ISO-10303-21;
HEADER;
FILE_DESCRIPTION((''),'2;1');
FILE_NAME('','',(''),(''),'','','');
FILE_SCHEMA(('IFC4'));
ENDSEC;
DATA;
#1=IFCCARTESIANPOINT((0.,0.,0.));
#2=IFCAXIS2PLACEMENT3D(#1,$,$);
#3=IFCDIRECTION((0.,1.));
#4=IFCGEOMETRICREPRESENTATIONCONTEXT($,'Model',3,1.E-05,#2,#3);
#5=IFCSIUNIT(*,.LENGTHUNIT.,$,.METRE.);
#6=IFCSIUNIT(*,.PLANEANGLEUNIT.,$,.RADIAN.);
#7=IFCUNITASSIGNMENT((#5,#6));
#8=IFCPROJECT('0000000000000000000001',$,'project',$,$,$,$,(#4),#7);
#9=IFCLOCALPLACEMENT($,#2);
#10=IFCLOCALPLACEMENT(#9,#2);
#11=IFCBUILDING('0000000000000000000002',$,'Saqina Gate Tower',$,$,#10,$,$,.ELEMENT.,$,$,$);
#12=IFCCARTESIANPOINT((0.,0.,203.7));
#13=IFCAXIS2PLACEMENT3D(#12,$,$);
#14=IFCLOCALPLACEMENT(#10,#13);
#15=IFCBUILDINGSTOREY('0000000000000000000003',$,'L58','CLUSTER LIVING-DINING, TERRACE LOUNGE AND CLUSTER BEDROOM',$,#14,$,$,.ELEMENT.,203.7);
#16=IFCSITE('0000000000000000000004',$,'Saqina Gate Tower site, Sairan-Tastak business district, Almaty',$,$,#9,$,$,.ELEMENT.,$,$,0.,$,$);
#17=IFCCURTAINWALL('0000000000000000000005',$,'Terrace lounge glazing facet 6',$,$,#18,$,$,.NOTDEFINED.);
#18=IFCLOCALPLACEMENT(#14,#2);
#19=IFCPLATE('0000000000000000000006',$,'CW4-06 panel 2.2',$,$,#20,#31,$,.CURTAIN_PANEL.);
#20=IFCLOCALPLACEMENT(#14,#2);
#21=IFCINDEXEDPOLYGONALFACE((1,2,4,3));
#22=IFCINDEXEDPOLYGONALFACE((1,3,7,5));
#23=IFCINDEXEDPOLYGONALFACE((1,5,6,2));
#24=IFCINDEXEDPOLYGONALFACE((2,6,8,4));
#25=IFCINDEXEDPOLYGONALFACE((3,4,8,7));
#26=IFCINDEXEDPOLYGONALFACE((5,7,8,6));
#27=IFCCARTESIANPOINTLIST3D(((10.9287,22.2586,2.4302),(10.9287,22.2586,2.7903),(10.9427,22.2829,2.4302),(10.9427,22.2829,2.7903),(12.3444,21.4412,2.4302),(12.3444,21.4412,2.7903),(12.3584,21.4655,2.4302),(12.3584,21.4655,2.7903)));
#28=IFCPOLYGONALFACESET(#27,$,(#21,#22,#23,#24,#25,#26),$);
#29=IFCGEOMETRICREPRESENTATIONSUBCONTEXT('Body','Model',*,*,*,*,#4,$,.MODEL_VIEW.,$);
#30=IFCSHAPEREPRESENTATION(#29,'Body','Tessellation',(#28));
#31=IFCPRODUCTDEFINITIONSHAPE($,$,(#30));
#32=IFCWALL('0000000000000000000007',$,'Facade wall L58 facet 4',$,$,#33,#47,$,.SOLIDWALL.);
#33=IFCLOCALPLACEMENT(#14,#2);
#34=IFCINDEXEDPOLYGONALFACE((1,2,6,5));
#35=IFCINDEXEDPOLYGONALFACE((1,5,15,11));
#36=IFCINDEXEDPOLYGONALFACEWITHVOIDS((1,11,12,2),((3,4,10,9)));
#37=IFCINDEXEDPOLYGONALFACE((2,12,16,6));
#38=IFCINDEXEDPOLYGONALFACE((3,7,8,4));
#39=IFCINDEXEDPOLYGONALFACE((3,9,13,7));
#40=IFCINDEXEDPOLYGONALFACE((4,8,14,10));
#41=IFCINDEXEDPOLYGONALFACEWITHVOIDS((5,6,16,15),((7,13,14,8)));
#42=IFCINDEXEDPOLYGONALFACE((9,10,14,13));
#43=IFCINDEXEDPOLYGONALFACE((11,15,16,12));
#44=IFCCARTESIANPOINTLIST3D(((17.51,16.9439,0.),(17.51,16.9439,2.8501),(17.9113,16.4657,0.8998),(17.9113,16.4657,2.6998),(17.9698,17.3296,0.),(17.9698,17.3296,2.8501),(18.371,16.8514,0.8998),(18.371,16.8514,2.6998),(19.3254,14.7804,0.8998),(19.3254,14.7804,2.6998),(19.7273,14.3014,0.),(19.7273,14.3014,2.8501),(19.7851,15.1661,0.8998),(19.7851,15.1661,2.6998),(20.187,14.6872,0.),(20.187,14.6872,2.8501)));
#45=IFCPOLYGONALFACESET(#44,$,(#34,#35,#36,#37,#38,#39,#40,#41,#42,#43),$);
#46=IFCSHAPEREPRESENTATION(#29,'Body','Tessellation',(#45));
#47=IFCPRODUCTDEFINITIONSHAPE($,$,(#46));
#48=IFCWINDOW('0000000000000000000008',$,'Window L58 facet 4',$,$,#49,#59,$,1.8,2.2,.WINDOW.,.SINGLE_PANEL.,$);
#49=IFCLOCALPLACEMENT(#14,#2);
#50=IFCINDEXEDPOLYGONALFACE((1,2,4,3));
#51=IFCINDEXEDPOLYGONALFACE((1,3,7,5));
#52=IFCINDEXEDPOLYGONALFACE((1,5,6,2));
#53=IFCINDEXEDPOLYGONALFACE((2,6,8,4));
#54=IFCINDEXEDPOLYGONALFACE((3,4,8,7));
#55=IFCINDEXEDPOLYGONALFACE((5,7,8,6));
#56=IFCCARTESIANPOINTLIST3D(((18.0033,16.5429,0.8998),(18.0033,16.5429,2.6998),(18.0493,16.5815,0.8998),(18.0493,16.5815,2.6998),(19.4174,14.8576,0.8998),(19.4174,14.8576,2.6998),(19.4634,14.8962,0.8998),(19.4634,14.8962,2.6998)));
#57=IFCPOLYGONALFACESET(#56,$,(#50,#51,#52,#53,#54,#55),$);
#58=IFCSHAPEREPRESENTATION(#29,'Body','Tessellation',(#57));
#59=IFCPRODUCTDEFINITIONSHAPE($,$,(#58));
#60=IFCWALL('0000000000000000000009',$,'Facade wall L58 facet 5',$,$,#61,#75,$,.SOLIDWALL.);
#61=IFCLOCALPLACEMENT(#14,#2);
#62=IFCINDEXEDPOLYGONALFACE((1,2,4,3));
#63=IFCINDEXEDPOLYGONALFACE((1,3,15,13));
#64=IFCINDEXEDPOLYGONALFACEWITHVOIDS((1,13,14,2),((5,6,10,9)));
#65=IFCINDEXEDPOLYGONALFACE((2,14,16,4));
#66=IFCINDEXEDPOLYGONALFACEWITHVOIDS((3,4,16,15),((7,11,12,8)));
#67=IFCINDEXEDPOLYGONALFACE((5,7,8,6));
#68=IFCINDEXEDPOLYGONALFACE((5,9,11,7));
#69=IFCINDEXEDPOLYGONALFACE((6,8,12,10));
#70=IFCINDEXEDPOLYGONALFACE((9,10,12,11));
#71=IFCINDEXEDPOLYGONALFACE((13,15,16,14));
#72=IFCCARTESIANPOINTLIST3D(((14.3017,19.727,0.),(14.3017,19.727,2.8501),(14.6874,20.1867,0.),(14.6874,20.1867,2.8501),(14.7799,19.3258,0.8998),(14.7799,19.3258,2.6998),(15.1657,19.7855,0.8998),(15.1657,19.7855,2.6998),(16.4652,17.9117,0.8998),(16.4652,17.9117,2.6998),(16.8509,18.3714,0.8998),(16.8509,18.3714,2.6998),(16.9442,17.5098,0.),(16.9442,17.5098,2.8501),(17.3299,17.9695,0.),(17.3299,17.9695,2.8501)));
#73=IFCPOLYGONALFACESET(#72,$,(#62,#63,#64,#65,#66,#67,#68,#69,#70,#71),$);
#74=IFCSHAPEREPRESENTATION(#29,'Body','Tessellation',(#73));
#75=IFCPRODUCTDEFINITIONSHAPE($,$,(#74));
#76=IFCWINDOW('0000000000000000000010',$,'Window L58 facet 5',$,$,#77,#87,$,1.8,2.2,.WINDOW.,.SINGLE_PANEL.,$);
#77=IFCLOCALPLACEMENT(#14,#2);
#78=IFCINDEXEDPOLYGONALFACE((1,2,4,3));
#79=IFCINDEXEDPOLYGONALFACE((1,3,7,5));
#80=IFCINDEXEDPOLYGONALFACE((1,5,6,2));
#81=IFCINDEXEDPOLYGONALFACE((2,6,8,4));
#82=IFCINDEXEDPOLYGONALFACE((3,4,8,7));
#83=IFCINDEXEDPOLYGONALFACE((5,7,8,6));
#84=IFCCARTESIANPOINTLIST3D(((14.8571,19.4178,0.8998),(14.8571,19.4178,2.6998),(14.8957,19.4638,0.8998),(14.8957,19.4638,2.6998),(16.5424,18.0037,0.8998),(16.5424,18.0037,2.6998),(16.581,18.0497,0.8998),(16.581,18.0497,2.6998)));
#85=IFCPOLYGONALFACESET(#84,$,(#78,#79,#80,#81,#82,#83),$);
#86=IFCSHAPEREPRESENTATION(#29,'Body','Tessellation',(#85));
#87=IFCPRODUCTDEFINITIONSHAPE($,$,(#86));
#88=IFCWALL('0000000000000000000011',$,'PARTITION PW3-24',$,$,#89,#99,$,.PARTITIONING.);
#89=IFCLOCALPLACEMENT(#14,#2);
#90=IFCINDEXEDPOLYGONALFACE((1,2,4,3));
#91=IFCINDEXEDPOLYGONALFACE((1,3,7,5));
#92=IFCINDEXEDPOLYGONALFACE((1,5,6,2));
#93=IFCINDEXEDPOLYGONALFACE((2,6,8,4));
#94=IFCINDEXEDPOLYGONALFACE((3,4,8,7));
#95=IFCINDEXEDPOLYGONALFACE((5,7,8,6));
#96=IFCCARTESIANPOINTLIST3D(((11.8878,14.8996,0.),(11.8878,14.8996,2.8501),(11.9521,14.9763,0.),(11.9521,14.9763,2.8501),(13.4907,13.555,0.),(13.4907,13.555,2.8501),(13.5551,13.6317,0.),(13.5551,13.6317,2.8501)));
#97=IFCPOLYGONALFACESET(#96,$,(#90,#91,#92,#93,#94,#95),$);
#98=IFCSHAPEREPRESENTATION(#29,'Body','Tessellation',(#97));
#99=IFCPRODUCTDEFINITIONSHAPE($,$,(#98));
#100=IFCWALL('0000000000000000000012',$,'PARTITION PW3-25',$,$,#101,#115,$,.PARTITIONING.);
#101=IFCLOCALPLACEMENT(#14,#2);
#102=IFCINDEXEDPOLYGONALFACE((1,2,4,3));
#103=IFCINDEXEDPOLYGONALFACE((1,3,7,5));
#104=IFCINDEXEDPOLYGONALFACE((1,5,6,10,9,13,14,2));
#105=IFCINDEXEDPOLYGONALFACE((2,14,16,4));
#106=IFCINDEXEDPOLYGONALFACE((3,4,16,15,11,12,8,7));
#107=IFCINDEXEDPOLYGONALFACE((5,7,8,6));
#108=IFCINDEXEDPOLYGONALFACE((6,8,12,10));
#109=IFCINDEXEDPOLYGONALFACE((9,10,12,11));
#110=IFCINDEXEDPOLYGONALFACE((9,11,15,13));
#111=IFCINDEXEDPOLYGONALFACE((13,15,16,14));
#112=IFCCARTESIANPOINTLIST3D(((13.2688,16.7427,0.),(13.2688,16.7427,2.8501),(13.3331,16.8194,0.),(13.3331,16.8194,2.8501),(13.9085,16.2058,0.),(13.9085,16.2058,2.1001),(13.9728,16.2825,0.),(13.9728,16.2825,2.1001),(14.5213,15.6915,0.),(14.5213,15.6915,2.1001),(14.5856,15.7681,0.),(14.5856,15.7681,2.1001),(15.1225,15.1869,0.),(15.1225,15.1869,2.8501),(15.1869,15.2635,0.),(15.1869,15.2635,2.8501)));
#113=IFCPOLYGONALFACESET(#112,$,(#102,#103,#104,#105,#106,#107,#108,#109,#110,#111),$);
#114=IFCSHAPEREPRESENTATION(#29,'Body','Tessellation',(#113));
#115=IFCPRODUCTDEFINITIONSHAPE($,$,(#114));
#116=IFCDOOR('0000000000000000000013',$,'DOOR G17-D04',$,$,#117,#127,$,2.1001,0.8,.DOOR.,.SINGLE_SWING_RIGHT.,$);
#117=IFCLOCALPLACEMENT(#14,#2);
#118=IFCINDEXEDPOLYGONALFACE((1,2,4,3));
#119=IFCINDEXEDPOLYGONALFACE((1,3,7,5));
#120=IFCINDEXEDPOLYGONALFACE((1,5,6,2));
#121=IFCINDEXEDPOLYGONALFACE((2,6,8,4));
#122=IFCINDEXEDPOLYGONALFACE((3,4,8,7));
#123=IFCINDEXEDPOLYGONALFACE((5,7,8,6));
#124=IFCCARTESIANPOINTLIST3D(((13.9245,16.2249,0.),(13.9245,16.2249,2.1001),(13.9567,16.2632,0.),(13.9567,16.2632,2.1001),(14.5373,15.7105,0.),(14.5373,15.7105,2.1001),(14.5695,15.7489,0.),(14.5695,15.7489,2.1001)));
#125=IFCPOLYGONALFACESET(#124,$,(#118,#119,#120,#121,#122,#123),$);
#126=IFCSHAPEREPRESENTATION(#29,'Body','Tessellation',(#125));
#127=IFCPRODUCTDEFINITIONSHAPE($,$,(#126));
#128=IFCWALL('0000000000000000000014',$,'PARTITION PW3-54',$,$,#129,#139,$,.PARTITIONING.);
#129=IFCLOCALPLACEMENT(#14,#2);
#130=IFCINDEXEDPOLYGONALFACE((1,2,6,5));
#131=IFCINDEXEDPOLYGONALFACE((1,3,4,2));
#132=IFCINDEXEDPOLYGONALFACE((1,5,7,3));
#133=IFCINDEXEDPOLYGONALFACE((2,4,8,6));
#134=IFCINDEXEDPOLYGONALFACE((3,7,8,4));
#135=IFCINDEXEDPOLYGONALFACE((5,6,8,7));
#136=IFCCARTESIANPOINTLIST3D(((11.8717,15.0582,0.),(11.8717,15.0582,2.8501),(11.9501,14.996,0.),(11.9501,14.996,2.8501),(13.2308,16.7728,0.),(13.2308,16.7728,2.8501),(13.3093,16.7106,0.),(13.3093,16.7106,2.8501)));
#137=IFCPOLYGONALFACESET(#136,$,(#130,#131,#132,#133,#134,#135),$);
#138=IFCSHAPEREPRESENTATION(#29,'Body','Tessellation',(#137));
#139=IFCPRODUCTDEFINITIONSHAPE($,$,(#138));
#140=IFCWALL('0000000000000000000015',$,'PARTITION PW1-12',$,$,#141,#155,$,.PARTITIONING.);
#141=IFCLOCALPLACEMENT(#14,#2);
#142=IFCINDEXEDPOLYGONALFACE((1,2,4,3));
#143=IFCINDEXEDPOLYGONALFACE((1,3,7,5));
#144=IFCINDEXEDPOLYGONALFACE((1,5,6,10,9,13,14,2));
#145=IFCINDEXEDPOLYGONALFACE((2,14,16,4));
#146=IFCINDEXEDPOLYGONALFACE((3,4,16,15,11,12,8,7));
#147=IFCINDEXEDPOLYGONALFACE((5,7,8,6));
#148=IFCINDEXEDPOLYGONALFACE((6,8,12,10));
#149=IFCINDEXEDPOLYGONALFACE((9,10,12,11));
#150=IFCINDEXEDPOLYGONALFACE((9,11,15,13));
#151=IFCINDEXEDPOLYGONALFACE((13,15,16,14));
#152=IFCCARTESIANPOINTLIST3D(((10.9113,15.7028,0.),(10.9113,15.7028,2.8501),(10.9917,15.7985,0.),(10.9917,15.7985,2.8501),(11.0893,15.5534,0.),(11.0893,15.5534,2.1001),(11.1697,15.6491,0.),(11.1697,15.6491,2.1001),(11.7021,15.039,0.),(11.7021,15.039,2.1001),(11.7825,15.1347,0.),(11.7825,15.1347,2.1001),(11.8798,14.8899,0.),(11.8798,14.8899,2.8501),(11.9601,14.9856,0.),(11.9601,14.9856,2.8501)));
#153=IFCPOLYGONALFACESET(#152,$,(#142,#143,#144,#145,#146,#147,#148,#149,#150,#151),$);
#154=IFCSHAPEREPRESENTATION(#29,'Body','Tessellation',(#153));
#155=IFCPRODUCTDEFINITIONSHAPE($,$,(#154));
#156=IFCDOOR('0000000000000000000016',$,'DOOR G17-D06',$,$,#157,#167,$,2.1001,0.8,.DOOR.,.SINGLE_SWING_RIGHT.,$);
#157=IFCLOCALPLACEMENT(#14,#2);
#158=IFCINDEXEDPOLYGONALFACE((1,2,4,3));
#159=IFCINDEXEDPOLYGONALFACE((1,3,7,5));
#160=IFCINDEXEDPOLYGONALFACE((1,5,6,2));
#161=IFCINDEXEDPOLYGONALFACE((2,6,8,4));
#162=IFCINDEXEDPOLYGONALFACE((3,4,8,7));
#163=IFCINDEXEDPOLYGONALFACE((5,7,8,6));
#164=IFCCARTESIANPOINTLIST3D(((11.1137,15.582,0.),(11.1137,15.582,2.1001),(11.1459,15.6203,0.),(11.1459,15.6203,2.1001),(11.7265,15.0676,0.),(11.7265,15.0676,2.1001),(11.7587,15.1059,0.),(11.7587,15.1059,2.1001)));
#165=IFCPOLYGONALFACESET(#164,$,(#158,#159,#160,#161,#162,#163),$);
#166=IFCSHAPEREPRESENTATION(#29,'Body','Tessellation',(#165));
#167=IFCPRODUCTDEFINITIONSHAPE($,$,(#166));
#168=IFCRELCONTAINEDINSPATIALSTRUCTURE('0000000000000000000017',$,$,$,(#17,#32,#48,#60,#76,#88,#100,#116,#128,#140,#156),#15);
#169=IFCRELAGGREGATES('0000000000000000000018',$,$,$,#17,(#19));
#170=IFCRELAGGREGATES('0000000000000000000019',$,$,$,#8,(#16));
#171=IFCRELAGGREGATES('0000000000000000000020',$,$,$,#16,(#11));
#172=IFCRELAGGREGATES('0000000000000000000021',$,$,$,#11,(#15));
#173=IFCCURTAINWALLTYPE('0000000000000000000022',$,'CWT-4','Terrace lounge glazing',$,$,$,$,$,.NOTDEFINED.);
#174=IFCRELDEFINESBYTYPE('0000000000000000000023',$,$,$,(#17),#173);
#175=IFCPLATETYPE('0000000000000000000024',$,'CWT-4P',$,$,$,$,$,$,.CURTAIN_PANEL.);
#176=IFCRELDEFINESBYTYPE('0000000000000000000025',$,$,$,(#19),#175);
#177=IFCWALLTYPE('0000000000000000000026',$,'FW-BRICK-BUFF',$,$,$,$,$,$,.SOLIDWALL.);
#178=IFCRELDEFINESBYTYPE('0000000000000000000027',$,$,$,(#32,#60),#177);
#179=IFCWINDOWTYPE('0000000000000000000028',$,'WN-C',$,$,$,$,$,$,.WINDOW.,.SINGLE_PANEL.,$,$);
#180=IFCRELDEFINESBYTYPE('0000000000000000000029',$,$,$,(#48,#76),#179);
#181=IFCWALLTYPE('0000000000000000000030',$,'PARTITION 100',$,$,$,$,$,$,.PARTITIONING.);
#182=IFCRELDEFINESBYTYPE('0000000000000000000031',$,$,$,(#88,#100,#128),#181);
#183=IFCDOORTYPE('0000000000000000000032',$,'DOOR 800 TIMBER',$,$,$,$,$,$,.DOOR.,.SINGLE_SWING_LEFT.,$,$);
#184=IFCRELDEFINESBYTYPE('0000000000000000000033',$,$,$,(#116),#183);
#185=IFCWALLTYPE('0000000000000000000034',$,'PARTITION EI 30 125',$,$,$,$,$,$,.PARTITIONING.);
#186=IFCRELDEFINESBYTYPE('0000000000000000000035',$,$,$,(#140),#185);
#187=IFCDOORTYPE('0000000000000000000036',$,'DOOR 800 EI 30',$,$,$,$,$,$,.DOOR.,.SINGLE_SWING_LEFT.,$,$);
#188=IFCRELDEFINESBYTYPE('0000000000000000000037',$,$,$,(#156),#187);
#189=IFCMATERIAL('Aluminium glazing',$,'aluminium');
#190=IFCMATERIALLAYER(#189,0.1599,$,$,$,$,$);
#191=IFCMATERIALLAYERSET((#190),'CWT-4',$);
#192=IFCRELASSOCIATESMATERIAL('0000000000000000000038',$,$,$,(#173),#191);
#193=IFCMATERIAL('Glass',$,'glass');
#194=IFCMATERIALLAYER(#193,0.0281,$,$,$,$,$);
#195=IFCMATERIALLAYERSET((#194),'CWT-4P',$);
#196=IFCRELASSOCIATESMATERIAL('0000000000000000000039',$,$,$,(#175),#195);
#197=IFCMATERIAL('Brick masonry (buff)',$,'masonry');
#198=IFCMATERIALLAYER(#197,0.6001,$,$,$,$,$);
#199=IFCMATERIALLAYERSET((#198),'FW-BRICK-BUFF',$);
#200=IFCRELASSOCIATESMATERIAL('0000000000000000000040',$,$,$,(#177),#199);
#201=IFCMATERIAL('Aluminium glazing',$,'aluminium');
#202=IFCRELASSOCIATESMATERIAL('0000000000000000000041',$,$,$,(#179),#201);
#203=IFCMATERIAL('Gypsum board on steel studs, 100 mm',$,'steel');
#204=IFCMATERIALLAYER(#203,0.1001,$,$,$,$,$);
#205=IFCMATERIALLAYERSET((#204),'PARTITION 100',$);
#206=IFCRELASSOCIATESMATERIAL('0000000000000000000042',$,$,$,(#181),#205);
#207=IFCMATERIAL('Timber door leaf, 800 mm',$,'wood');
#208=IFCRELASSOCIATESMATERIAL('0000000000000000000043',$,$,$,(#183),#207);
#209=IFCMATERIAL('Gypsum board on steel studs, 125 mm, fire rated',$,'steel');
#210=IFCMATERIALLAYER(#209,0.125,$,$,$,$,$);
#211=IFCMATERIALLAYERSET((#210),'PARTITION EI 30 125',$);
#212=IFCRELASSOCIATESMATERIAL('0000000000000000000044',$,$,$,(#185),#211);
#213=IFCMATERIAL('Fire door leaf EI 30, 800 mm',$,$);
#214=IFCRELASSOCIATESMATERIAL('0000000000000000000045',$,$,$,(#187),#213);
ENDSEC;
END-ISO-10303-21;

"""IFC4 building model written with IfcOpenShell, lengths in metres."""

from ifc_helpers import new_model, si_unit, direction, frame, frame_2d, origin, origin_2d, place, context, subcontext, project, spatial, rectangle, extrude, material, layer, layer_set, type_object, element, fill, aggregate, save


model = new_model("IFC4")

# Units and contexts
model_context = context("Model", 3, precision=1e-05, world=origin(), true_north=direction((0.0, 1.0)))
body_context = subcontext(model_context, "Body", "Model", "MODEL_VIEW")
ifc_project = project(units=[si_unit("LENGTHUNIT", "METRE"), si_unit("PLANEANGLEUNIT", "RADIAN")], contexts=[model_context])

# Site, building, storey
site_placement = place(None, origin())
site = spatial("IfcSite", under=ifc_project, at=site_placement, Name="Saqina Gate Tower site, Sairan-Tastak business district, Almaty", CompositionType="ELEMENT", RefElevation=0.0)
building_placement = place(site_placement, origin())
building = spatial("IfcBuilding", under=site, at=building_placement, Name="Saqina Gate Tower", CompositionType="ELEMENT")
storey_placement = place(building_placement, frame((0.0, 0.0, 203.7)))
storey = spatial("IfcBuildingStorey", under=building, at=storey_placement, Name="L58", Description="CLUSTER LIVING-DINING, TERRACE LOUNGE AND CLUSTER BEDROOM", CompositionType="ELEMENT", Elevation=203.7)

# Curtain wall, plate
ifc_material_1 = material(Name="Aluminium glazing", Category="aluminium")
ifc_layer_1 = layer(ifc_material_1, 0.1599)
ifc_layer_set_1 = layer_set([ifc_layer_1], Name="CWT-4")
curtain_wall_type = type_object("IfcCurtainWallType", Name="CWT-4", Description="Terrace lounge glazing", PredefinedType="NOTDEFINED", material=ifc_layer_set_1)
curtain_wall_placement = place(storey_placement, origin())
curtain_wall = element("IfcCurtainWall", 1, at=curtain_wall_placement, inside=storey, type_object=curtain_wall_type, Name="Terrace lounge glazing facet 6", PredefinedType="NOTDEFINED")
ifc_material_2 = material(Name="Glass", Category="glass")
ifc_layer_2 = layer(ifc_material_2, 0.0281)
ifc_layer_set_2 = layer_set([ifc_layer_2], Name="CWT-4P")
plate_type = type_object("IfcPlateType", Name="CWT-4P", PredefinedType="CURTAIN_PANEL", material=ifc_layer_set_2)
plate_1_placement = place(storey_placement, frame((11.6436, 21.8621, 2.4302), z_axis=(0.0, 0.0, 1.0), x_axis=(-0.866017, 0.500014, 0.0)))
plate_1 = element("IfcPlate", 2, at=plate_1_placement, type_object=plate_type, Name="CW4-06 panel 2.2", PredefinedType="CURTAIN_PANEL", context=body_context, shape_type="SweptSolid", body=[
    extrude(rectangle(XDim=1.6348, YDim=0.0281, at=origin_2d()), origin(), (0.0, 0.0, 1.0), 0.3601),
])
aggregate(curtain_wall, [plate_1])

# Walls, openings, windows
ifc_material_3 = material(Name="Brick masonry (buff)", Category="masonry")
ifc_layer_3 = layer(ifc_material_3, 0.6001)
ifc_layer_set_3 = layer_set([ifc_layer_3], Name="FW-BRICK-BUFF")
wall_type_1 = type_object("IfcWallType", Name="FW-BRICK-BUFF", PredefinedType="SOLIDWALL", material=ifc_layer_set_3)
wall_1_placement = place(storey_placement, frame((19.957, 14.4944, 0.0), z_axis=(0.0, 0.0, 1.0), x_axis=(-0.64277, 0.766059, 0.0)))
wall_1 = element("IfcWall", 3, at=wall_1_placement, inside=storey, type_object=wall_type_1, Name="Facade wall L58 facet 4", PredefinedType="SOLIDWALL", context=body_context, shape_type="SweptSolid", body=[
    extrude(rectangle(XDim=3.4495, YDim=0.6001, at=frame_2d((1.7246, 0.0))), origin(), (0.0, 0.0, 1.0), 2.8501),
])
opening_1_placement = place(wall_1_placement, frame((0.625, 0.0, 0.8999)))
opening_1 = element("IfcOpeningElement", 4, at=opening_1_placement, cuts=wall_1, PredefinedType="OPENING", context=body_context, shape_type="SweptSolid", body=[
    extrude(rectangle(XDim=2.2, YDim=1.8, at=frame_2d((1.1001, 0.8999))), frame((0.0, 0.312, 0.0), z_axis=(0.0, -1.0, 0.0), x_axis=(1.0, 0.0, 0.0)), (0.0, 0.0, 1.0), 0.624),
])
ifc_material_4 = material(Name="Aluminium glazing", Category="aluminium")
window_type = type_object("IfcWindowType", Name="WN-C", PartitioningType="SINGLE_PANEL", PredefinedType="WINDOW", material=ifc_material_4)
window_1_placement = place(opening_1_placement, origin())
window_1 = element("IfcWindow", 5, at=window_1_placement, inside=storey, type_object=window_type, Name="Window L58 facet 4", OverallHeight=1.8, OverallWidth=2.2, PartitioningType="SINGLE_PANEL", PredefinedType="WINDOW", context=body_context, shape_type="SweptSolid", body=[
    extrude(rectangle(XDim=2.2, YDim=1.8, at=frame_2d((1.1001, 0.8999))), frame((0.0, 0.1799, 0.0), z_axis=(0.0, -1.0, 0.0), x_axis=(1.0, 0.0, 0.0)), (0.0, 0.0, 1.0), 0.0601),
])
fill(opening_1, window_1)
wall_2_placement = place(storey_placement, frame((17.137, 17.7397, 0.0), z_axis=(0.0, 0.0, 1.0), x_axis=(-0.766059, 0.64277, 0.0)))
wall_2 = element("IfcWall", 6, at=wall_2_placement, inside=storey, type_object=wall_type_1, Name="Facade wall L58 facet 5", PredefinedType="SOLIDWALL", context=body_context, shape_type="SweptSolid", body=[
    extrude(rectangle(XDim=3.4495, YDim=0.6001, at=frame_2d((1.7246, 0.0))), origin(), (0.0, 0.0, 1.0), 2.8501),
])
opening_2_placement = place(wall_2_placement, frame((0.625, 0.0, 0.8999)))
opening_2 = element("IfcOpeningElement", 7, at=opening_2_placement, cuts=wall_2, PredefinedType="OPENING", context=body_context, shape_type="SweptSolid", body=[
    extrude(rectangle(XDim=2.2, YDim=1.8, at=frame_2d((1.1001, 0.8999))), frame((0.0, 0.312, 0.0), z_axis=(0.0, -1.0, 0.0), x_axis=(1.0, 0.0, 0.0)), (0.0, 0.0, 1.0), 0.624),
])
window_2_placement = place(opening_2_placement, origin())
window_2 = element("IfcWindow", 8, at=window_2_placement, inside=storey, type_object=window_type, Name="Window L58 facet 5", OverallHeight=1.8, OverallWidth=2.2, PartitioningType="SINGLE_PANEL", PredefinedType="WINDOW", context=body_context, shape_type="SweptSolid", body=[
    extrude(rectangle(XDim=2.2, YDim=1.8, at=frame_2d((1.1001, 0.8999))), frame((0.0, 0.1799, 0.0), z_axis=(0.0, -1.0, 0.0), x_axis=(1.0, 0.0, 0.0)), (0.0, 0.0, 1.0), 0.0601),
])
fill(opening_2, window_2)

# Wall
ifc_material_5 = material(Name="Gypsum board on steel studs, 100 mm", Category="steel")
ifc_layer_4 = layer(ifc_material_5, 0.1001)
ifc_layer_set_4 = layer_set([ifc_layer_4], Name="PARTITION 100")
wall_type_2 = type_object("IfcWallType", Name="PARTITION 100", PredefinedType="PARTITIONING", material=ifc_layer_set_4)
wall_3_placement = place(storey_placement, frame((11.9199, 14.938, 0.0), z_axis=(0.0, 0.0, 1.0), x_axis=(0.766132, -0.642683, 0.0)))
element("IfcWall", 9, at=wall_3_placement, inside=storey, type_object=wall_type_2, Name="PARTITION PW3-24", PredefinedType="PARTITIONING", context=body_context, shape_type="SweptSolid", body=[
    extrude(rectangle(XDim=2.0923, YDim=0.1001, at=frame_2d((1.0461, 0.0))), origin(), (0.0, 0.0, 1.0), 2.8501),
])

# Wall, opening, door
wall_4_placement = place(storey_placement, frame((13.301, 16.781, 0.0), z_axis=(0.0, 0.0, 1.0), x_axis=(0.765959, -0.642889, 0.0)))
wall_4 = element("IfcWall", 10, at=wall_4_placement, inside=storey, type_object=wall_type_2, Name="PARTITION PW3-25", PredefinedType="PARTITIONING", context=body_context, shape_type="SweptSolid", body=[
    extrude(rectangle(XDim=2.4202, YDim=0.1001, at=frame_2d((1.21, 0.0))), origin(), (0.0, 0.0, 1.0), 2.8501),
])
opening_3_placement = place(wall_4_placement, frame((0.8352, 0.0, 0.0)))
opening_3 = element("IfcOpeningElement", 11, at=opening_3_placement, cuts=wall_4, PredefinedType="OPENING", context=body_context, shape_type="SweptSolid", body=[
    extrude(rectangle(XDim=0.8, YDim=2.1001, at=frame_2d((0.3999, 1.05))), frame((0.0, 0.062, 0.0), z_axis=(0.0, -1.0, 0.0), x_axis=(1.0, 0.0, 0.0)), (0.0, 0.0, 1.0), 0.124),
])
ifc_material_6 = material(Name="Timber door leaf, 800 mm", Category="wood")
door_type_1 = type_object("IfcDoorType", Name="DOOR 800 TIMBER", OperationType="SINGLE_SWING_LEFT", PredefinedType="DOOR", material=ifc_material_6)
door_1_placement = place(opening_3_placement, origin())
door_1 = element("IfcDoor", 12, at=door_1_placement, inside=storey, type_object=door_type_1, Name="DOOR G17-D04", OperationType="SINGLE_SWING_RIGHT", OverallHeight=2.1001, OverallWidth=0.8, PredefinedType="DOOR", context=body_context, shape_type="SweptSolid", body=[
    extrude(rectangle(XDim=0.8, YDim=2.1001, at=frame_2d((0.3999, 1.05))), frame((0.0, 0.0249, 0.0), z_axis=(0.0, -1.0, 0.0), x_axis=(1.0, 0.0, 0.0)), (0.0, 0.0, 1.0), 0.05),
])
fill(opening_3, door_1)

# Wall
wall_5_placement = place(storey_placement, frame((11.9109, 15.0271, 0.0), z_axis=(0.0, 0.0, 1.0), x_axis=(0.621192, 0.783659, 0.0)))
element("IfcWall", 13, at=wall_5_placement, inside=storey, type_object=wall_type_2, Name="PARTITION PW3-54", PredefinedType="PARTITIONING", context=body_context, shape_type="SweptSolid", body=[
    extrude(rectangle(XDim=2.188, YDim=0.1001, at=frame_2d((1.094, 0.0))), origin(), (0.0, 0.0, 1.0), 2.8501),
])

# Wall, opening, door
ifc_material_7 = material(Name="Gypsum board on steel studs, 125 mm, fire rated", Category="steel")
ifc_layer_5 = layer(ifc_material_7, 0.125)
ifc_layer_set_5 = layer_set([ifc_layer_5], Name="PARTITION EI 30 125")
wall_type_3 = type_object("IfcWallType", Name="PARTITION EI 30 125", PredefinedType="PARTITIONING", material=ifc_layer_set_5)
wall_6_placement = place(storey_placement, frame((10.9514, 15.7507, 0.0), z_axis=(0.0, 0.0, 1.0), x_axis=(0.765922, -0.642934, 0.0)))
wall_6 = element("IfcWall", 14, at=wall_6_placement, inside=storey, type_object=wall_type_3, Name="PARTITION PW1-12", PredefinedType="PARTITIONING", context=body_context, shape_type="SweptSolid", body=[
    extrude(rectangle(XDim=1.2644, YDim=0.125, at=frame_2d((0.6323, 0.0))), origin(), (0.0, 0.0, 1.0), 2.8501),
])
opening_4_placement = place(wall_6_placement, frame((0.2327, 0.0, 0.0)))
opening_4 = element("IfcOpeningElement", 15, at=opening_4_placement, cuts=wall_6, PredefinedType="OPENING", context=body_context, shape_type="SweptSolid", body=[
    extrude(rectangle(XDim=0.8, YDim=2.1001, at=frame_2d((0.3999, 1.05))), frame((0.0, 0.0745, 0.0), z_axis=(0.0, -1.0, 0.0), x_axis=(1.0, 0.0, 0.0)), (0.0, 0.0, 1.0), 0.1489),
])
ifc_material_8 = material(Name="Fire door leaf EI 30, 800 mm")
door_type_2 = type_object("IfcDoorType", Name="DOOR 800 EI 30", OperationType="SINGLE_SWING_LEFT", PredefinedType="DOOR", material=ifc_material_8)
door_2_placement = place(opening_4_placement, frame((0.8, 0.0, 0.0), z_axis=(0.0, 0.0, 1.0), x_axis=(-1.0, 0.0, 0.0)))
door_2 = element("IfcDoor", 16, at=door_2_placement, inside=storey, type_object=door_type_2, Name="DOOR G17-D06", OperationType="SINGLE_SWING_RIGHT", OverallHeight=2.1001, OverallWidth=0.8, PredefinedType="DOOR", context=body_context, shape_type="SweptSolid", body=[
    extrude(rectangle(XDim=0.8, YDim=2.1001, at=frame_2d((0.3999, 1.05))), frame((0.0, 0.0249, 0.0), z_axis=(0.0, -1.0, 0.0), x_axis=(1.0, 0.0, 0.0)), (0.0, 0.0, 1.0), 0.05),
])
fill(opening_4, door_2)

save(model, "model.ifc")
